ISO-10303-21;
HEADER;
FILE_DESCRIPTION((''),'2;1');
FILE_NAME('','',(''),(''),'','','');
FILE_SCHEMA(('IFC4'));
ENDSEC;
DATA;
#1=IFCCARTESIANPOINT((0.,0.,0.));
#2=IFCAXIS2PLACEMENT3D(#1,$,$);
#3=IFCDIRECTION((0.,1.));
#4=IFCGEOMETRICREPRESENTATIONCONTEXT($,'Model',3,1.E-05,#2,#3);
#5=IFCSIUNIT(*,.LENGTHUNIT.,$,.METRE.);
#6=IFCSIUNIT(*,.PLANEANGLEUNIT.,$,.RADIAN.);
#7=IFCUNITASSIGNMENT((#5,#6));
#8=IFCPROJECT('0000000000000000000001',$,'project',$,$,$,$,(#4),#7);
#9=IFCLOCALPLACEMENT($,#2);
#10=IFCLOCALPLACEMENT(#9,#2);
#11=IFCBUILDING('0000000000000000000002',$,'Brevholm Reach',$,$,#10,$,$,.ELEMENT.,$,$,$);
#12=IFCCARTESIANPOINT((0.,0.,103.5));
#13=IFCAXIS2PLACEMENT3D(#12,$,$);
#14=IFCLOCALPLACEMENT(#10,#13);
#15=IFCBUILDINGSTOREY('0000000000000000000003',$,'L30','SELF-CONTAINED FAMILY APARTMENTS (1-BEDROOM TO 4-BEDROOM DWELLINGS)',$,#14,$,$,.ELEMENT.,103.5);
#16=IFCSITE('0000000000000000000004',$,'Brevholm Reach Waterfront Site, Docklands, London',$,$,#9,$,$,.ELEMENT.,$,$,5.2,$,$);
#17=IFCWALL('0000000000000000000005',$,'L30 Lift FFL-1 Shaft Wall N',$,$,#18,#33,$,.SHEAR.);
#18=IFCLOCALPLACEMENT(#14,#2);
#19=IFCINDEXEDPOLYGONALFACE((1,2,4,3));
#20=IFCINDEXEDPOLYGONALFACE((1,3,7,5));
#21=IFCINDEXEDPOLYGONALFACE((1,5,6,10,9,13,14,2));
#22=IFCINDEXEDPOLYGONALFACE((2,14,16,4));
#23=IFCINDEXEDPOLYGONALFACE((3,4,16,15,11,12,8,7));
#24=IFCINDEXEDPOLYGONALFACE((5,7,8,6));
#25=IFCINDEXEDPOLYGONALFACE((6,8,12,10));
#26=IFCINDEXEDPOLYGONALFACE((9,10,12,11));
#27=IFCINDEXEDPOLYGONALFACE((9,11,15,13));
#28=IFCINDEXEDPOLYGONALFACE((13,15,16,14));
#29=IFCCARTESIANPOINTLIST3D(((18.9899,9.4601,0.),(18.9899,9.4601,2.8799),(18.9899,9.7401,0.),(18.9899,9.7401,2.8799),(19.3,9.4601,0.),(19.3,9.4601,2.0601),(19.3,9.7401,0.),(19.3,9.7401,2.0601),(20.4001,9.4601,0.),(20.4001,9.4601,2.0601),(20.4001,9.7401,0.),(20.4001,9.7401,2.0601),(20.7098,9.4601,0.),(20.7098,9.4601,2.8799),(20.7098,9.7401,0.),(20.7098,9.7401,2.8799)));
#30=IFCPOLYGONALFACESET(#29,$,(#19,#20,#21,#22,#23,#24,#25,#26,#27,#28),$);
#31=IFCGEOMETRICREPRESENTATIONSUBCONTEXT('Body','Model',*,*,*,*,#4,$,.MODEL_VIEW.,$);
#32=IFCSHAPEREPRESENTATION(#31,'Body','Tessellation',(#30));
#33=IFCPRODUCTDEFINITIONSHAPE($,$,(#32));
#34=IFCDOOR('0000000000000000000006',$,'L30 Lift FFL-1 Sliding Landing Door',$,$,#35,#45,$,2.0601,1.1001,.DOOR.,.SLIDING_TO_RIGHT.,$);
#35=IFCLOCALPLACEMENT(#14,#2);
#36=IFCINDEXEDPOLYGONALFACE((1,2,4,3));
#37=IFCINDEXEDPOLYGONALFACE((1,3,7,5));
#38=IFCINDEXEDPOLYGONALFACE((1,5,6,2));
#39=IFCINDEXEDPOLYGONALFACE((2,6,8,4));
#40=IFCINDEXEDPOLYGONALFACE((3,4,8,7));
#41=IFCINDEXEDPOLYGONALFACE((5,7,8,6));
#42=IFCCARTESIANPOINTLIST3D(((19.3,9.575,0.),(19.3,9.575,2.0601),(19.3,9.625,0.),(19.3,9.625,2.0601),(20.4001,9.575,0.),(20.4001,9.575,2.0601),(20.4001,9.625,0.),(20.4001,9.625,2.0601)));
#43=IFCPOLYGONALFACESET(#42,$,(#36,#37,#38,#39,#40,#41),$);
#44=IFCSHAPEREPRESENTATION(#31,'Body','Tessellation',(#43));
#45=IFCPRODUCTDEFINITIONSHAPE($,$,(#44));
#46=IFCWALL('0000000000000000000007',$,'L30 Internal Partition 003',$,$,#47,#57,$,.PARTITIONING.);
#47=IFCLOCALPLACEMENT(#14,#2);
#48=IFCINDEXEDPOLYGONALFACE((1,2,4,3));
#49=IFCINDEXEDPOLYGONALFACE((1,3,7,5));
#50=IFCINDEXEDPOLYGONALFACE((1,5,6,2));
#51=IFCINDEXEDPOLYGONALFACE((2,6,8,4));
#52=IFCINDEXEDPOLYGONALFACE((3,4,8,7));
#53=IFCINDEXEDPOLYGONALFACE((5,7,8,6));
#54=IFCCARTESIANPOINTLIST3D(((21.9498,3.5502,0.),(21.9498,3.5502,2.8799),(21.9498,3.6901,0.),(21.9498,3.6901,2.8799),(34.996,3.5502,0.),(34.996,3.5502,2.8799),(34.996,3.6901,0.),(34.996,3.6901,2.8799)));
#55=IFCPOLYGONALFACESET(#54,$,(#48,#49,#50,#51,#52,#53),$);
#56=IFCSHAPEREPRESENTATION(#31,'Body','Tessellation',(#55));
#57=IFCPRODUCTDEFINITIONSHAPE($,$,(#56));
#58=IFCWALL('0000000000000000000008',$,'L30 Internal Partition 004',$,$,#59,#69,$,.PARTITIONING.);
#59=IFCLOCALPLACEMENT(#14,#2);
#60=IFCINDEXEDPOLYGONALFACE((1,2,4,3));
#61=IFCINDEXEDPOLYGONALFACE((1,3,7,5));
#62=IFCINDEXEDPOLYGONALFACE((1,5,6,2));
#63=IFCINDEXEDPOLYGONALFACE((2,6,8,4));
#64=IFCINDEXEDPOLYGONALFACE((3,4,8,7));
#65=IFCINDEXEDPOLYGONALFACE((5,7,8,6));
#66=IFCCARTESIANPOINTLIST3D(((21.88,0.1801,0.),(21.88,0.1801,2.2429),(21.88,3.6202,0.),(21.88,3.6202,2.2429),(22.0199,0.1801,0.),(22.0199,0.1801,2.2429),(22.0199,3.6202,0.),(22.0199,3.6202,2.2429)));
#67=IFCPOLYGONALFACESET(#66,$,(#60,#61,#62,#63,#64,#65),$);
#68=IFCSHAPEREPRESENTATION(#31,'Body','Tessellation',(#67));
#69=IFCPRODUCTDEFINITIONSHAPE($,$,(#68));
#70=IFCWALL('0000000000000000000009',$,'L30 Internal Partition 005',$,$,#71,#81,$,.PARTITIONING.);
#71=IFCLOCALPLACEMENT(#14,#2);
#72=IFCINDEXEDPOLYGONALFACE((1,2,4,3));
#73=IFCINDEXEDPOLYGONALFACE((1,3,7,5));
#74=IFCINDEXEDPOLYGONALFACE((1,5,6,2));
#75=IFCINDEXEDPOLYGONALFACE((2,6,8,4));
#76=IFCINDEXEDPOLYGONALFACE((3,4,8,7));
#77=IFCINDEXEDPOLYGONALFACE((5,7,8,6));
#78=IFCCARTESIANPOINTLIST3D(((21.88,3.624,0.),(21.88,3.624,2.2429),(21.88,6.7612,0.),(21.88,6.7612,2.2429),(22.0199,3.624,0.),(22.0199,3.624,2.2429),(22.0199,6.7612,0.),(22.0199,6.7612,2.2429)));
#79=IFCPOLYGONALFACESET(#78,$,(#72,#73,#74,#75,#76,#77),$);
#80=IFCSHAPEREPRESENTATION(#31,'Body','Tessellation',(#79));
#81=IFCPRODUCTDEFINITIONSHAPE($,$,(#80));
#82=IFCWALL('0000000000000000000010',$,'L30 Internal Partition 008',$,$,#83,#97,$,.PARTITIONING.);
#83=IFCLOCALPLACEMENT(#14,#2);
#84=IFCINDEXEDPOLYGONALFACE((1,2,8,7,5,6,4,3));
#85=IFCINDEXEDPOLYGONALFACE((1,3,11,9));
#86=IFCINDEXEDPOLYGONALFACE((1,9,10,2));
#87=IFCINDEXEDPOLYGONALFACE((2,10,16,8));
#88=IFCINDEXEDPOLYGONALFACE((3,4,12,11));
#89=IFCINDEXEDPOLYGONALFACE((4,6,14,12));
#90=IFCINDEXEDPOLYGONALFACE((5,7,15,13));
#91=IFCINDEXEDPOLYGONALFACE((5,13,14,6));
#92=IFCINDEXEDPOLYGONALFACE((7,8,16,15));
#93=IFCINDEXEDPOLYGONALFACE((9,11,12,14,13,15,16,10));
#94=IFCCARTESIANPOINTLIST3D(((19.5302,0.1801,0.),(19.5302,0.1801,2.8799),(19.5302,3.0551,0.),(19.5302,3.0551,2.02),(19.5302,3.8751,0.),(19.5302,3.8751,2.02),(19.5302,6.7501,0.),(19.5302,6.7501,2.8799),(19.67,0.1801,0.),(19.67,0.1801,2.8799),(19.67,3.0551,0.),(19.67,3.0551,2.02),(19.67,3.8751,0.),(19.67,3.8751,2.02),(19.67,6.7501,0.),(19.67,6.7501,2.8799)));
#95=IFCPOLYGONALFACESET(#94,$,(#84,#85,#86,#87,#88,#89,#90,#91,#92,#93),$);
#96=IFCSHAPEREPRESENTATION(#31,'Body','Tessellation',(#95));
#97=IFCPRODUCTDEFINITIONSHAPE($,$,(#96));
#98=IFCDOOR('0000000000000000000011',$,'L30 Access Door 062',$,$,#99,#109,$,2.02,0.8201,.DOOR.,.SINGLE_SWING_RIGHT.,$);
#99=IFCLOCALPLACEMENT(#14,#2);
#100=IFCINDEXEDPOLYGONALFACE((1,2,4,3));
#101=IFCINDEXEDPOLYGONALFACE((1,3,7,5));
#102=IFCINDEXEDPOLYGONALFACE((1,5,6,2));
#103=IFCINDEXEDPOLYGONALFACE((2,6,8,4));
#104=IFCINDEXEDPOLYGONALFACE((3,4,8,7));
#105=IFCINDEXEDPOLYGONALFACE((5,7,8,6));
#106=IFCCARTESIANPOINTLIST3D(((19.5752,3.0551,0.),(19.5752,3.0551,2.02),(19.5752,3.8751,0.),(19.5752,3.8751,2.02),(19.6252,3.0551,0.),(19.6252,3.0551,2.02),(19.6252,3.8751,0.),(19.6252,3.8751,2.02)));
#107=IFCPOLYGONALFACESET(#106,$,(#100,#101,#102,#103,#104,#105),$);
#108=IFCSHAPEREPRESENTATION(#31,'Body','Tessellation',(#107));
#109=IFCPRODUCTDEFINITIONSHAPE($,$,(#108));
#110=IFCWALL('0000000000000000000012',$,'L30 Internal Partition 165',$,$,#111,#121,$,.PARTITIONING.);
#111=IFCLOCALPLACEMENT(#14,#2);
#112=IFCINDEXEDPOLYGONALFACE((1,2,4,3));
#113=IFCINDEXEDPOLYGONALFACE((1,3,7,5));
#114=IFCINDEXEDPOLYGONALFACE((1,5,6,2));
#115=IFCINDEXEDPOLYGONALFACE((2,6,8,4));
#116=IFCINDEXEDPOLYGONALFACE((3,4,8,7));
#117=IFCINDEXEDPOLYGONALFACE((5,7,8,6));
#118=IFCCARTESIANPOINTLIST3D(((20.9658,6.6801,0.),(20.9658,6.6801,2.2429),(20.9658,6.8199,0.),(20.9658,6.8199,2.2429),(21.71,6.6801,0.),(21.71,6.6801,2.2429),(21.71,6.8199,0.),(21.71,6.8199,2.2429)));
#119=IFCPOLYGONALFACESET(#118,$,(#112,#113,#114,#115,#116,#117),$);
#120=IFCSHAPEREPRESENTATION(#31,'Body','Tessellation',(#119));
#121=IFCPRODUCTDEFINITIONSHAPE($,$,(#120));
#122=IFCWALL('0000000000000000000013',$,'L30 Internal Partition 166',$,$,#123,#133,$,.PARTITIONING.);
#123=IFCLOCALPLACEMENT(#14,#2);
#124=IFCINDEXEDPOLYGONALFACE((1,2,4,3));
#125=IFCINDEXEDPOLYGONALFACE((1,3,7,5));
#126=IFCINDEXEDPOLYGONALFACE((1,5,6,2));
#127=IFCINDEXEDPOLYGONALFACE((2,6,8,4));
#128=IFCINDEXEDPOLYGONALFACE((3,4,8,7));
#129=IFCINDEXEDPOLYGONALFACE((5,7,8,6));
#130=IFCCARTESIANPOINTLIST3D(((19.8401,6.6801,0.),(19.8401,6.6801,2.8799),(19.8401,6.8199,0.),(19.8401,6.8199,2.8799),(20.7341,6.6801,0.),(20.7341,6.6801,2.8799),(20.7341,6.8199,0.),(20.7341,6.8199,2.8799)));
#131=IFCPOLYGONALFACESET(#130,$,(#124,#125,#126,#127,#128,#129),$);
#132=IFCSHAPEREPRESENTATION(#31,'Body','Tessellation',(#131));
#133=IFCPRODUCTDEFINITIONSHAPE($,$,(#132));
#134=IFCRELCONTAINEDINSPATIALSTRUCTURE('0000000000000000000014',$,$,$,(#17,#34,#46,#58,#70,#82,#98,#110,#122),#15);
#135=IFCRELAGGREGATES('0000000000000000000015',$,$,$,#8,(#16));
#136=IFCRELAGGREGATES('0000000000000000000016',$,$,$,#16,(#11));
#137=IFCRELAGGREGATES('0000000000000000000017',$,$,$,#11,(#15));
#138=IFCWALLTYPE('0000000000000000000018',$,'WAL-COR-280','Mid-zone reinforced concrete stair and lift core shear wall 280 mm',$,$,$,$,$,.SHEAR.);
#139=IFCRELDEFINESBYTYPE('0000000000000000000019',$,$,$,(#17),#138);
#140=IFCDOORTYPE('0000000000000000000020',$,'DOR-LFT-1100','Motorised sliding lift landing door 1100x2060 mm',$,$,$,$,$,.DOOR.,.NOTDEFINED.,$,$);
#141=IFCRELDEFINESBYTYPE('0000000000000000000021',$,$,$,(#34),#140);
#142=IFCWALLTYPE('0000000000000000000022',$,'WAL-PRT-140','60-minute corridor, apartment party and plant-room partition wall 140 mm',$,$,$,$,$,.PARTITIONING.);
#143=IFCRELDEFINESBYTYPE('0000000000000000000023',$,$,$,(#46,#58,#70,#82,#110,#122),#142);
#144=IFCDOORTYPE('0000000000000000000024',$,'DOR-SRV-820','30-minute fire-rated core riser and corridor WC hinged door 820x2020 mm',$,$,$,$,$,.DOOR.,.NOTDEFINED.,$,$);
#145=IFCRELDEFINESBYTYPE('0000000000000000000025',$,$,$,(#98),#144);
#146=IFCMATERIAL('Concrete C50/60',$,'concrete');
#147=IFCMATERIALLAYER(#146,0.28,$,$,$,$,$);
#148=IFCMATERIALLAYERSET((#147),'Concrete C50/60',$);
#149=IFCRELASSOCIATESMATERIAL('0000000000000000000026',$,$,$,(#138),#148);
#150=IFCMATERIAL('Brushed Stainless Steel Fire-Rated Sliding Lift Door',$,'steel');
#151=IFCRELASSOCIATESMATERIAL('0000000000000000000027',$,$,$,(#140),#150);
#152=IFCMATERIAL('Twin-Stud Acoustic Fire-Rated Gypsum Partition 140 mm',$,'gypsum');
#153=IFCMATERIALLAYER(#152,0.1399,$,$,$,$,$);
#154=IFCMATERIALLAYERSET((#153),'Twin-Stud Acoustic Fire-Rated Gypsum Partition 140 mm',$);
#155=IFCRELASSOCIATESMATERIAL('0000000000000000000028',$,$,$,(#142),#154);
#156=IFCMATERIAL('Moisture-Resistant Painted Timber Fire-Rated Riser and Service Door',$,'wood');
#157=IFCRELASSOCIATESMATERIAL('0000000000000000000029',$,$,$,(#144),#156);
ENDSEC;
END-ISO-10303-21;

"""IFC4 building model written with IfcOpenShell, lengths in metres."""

from ifc_helpers import new_model, si_unit, direction, frame, frame_2d, origin, place, context, subcontext, project, spatial, rectangle, extrude, material, layer, layer_set, type_object, element, fill, save


model = new_model("IFC4")

# Units and contexts
model_context = context("Model", 3, precision=1e-05, world=origin(), true_north=direction((0.0, 1.0)))
body_context = subcontext(model_context, "Body", "Model", "MODEL_VIEW")
ifc_project = project(units=[si_unit("LENGTHUNIT", "METRE"), si_unit("PLANEANGLEUNIT", "RADIAN")], contexts=[model_context])

# Site, building, storey
site_placement = place(None, origin())
site = spatial("IfcSite", under=ifc_project, at=site_placement, Name="Brevholm Reach Waterfront Site, Docklands, London", CompositionType="ELEMENT", RefElevation=5.2)
building_placement = place(site_placement, origin())
building = spatial("IfcBuilding", under=site, at=building_placement, Name="Brevholm Reach", CompositionType="ELEMENT")
storey_placement = place(building_placement, frame((0.0, 0.0, 103.5)))
storey = spatial("IfcBuildingStorey", under=building, at=storey_placement, Name="L30", Description="SELF-CONTAINED FAMILY APARTMENTS (1-BEDROOM TO 4-BEDROOM DWELLINGS)", CompositionType="ELEMENT", Elevation=103.5)

# Shared definitions
ifc_material_1 = material(Name="Concrete C50/60", Category="concrete")
ifc_layer_1 = layer(ifc_material_1, 0.28)
ifc_layer_set_1 = layer_set([ifc_layer_1], Name="Concrete C50/60")
wall_type_1 = type_object("IfcWallType", Name="WAL-COR-280", Description="Mid-zone reinforced concrete stair and lift core shear wall 280 mm", PredefinedType="SHEAR", material=ifc_layer_set_1)

# Wall, opening, door
wall_1_placement = place(storey_placement, frame((18.99, 9.6001, 0.0), z_axis=(0.0, 0.0, 1.0), x_axis=(1.0, 0.0, 0.0)))
wall_1 = element("IfcWall", 1, at=wall_1_placement, inside=storey, type_object=wall_type_1, Name="L30 Lift FFL-1 Shaft Wall N", PredefinedType="SHEAR", context=body_context, shape_type="SweptSolid", body=[
    extrude(rectangle(XDim=1.72, YDim=0.28, at=frame_2d((0.8599, 0.0))), origin(), (0.0, 0.0, 1.0), 2.8799),
])
opening_1_placement = place(wall_1_placement, frame((0.3101, 0.0, 0.0)))
opening_1 = element("IfcOpeningElement", 2, at=opening_1_placement, cuts=wall_1, PredefinedType="OPENING", context=body_context, shape_type="SweptSolid", body=[
    extrude(rectangle(XDim=1.1001, YDim=2.0601, at=frame_2d((0.55, 1.03))), frame((0.0, 0.1499, 0.0), z_axis=(0.0, -1.0, 0.0), x_axis=(1.0, 0.0, 0.0)), (0.0, 0.0, 1.0), 0.3),
])
ifc_material_2 = material(Name="Brushed Stainless Steel Fire-Rated Sliding Lift Door", Category="steel")
door_type_1 = type_object("IfcDoorType", Name="DOR-LFT-1100", Description="Motorised sliding lift landing door 1100x2060 mm", OperationType="NOTDEFINED", PredefinedType="DOOR", material=ifc_material_2)
door_1_placement = place(opening_1_placement, origin())
door_1 = element("IfcDoor", 3, at=door_1_placement, inside=storey, type_object=door_type_1, Name="L30 Lift FFL-1 Sliding Landing Door", OperationType="SLIDING_TO_RIGHT", OverallHeight=2.0601, OverallWidth=1.1001, PredefinedType="DOOR", context=body_context, shape_type="SweptSolid", body=[
    extrude(rectangle(XDim=1.1001, YDim=2.0601, at=frame_2d((0.55, 1.03))), frame((0.0, 0.0249, 0.0), z_axis=(0.0, -1.0, 0.0), x_axis=(1.0, 0.0, 0.0)), (0.0, 0.0, 1.0), 0.05),
])
fill(opening_1, door_1)

# Walls
ifc_material_3 = material(Name="Twin-Stud Acoustic Fire-Rated Gypsum Partition 140 mm", Category="gypsum")
ifc_layer_2 = layer(ifc_material_3, 0.1399)
ifc_layer_set_2 = layer_set([ifc_layer_2], Name="Twin-Stud Acoustic Fire-Rated Gypsum Partition 140 mm")
wall_type_2 = type_object("IfcWallType", Name="WAL-PRT-140", Description="60-minute corridor, apartment party and plant-room partition wall 140 mm", PredefinedType="PARTITIONING", material=ifc_layer_set_2)
wall_2_placement = place(storey_placement, frame((21.95, 3.6201, 0.0), z_axis=(0.0, 0.0, 1.0), x_axis=(1.0, 0.0, 0.0)))
element("IfcWall", 4, at=wall_2_placement, inside=storey, type_object=wall_type_2, Name="L30 Internal Partition 003", PredefinedType="PARTITIONING", context=body_context, shape_type="SweptSolid", body=[
    extrude(rectangle(XDim=13.0461, YDim=0.1399, at=frame_2d((6.5229, 0.0))), origin(), (0.0, 0.0, 1.0), 2.8799),
])
wall_3_placement = place(storey_placement, frame((21.95, 0.1799, 0.0), z_axis=(0.0, 0.0, 1.0), x_axis=(0.0, 1.0, 0.0)))
element("IfcWall", 5, at=wall_3_placement, inside=storey, type_object=wall_type_2, Name="L30 Internal Partition 004", PredefinedType="PARTITIONING", context=body_context, shape_type="SweptSolid", body=[
    extrude(rectangle(XDim=3.4402, YDim=0.1399, at=frame_2d((1.7202, 0.0))), origin(), (0.0, 0.0, 1.0), 2.2429),
])
wall_4_placement = place(storey_placement, frame((21.95, 3.624, 0.0), z_axis=(0.0, 0.0, 1.0), x_axis=(0.0, 1.0, 0.0)))
element("IfcWall", 6, at=wall_4_placement, inside=storey, type_object=wall_type_2, Name="L30 Internal Partition 005", PredefinedType="PARTITIONING", context=body_context, shape_type="SweptSolid", body=[
    extrude(rectangle(XDim=3.1372, YDim=0.1399, at=frame_2d((1.5686, 0.0))), origin(), (0.0, 0.0, 1.0), 2.2429),
])

# Wall, opening, door
wall_5_placement = place(storey_placement, frame((19.6001, 0.1799, 0.0), z_axis=(0.0, 0.0, 1.0), x_axis=(0.0, 1.0, 0.0)))
wall_5 = element("IfcWall", 7, at=wall_5_placement, inside=storey, type_object=wall_type_2, Name="L30 Internal Partition 008", PredefinedType="PARTITIONING", context=body_context, shape_type="SweptSolid", body=[
    extrude(rectangle(XDim=6.5701, YDim=0.1399, at=frame_2d((3.2852, 0.0))), origin(), (0.0, 0.0, 1.0), 2.8799),
])
opening_2_placement = place(wall_5_placement, frame((2.875, 0.0, 0.0)))
opening_2 = element("IfcOpeningElement", 8, at=opening_2_placement, cuts=wall_5, PredefinedType="OPENING", context=body_context, shape_type="SweptSolid", body=[
    extrude(rectangle(XDim=0.8201, YDim=2.02, at=frame_2d((0.4102, 1.01))), frame((0.0, 0.0798, 0.0), z_axis=(0.0, -1.0, 0.0), x_axis=(1.0, 0.0, 0.0)), (0.0, 0.0, 1.0), 0.1599),
])
ifc_material_4 = material(Name="Moisture-Resistant Painted Timber Fire-Rated Riser and Service Door", Category="wood")
door_type_2 = type_object("IfcDoorType", Name="DOR-SRV-820", Description="30-minute fire-rated core riser and corridor WC hinged door 820x2020 mm", OperationType="NOTDEFINED", PredefinedType="DOOR", material=ifc_material_4)
door_2_placement = place(opening_2_placement, origin())
door_2 = element("IfcDoor", 9, at=door_2_placement, inside=storey, type_object=door_type_2, Name="L30 Access Door 062", OperationType="SINGLE_SWING_RIGHT", OverallHeight=2.02, OverallWidth=0.8201, PredefinedType="DOOR", context=body_context, shape_type="SweptSolid", body=[
    extrude(rectangle(XDim=0.8201, YDim=2.02, at=frame_2d((0.4102, 1.01))), frame((0.0, 0.0249, 0.0), z_axis=(0.0, -1.0, 0.0), x_axis=(1.0, 0.0, 0.0)), (0.0, 0.0, 1.0), 0.05),
])
fill(opening_2, door_2)

# Walls
wall_6_placement = place(storey_placement, frame((20.9658, 6.75, 0.0), z_axis=(0.0, 0.0, 1.0), x_axis=(1.0, 0.0, 0.0)))
element("IfcWall", 10, at=wall_6_placement, inside=storey, type_object=wall_type_2, Name="L30 Internal Partition 165", PredefinedType="PARTITIONING", context=body_context, shape_type="SweptSolid", body=[
    extrude(rectangle(XDim=0.7441, YDim=0.1399, at=frame_2d((0.3721, 0.0))), origin(), (0.0, 0.0, 1.0), 2.2429),
])
wall_7_placement = place(storey_placement, frame((19.8401, 6.75, 0.0), z_axis=(0.0, 0.0, 1.0), x_axis=(1.0, 0.0, 0.0)))
element("IfcWall", 11, at=wall_7_placement, inside=storey, type_object=wall_type_2, Name="L30 Internal Partition 166", PredefinedType="PARTITIONING", context=body_context, shape_type="SweptSolid", body=[
    extrude(rectangle(XDim=0.894, YDim=0.1399, at=frame_2d((0.447, 0.0))), origin(), (0.0, 0.0, 1.0), 2.8799),
])

save(model, "model.ifc")
